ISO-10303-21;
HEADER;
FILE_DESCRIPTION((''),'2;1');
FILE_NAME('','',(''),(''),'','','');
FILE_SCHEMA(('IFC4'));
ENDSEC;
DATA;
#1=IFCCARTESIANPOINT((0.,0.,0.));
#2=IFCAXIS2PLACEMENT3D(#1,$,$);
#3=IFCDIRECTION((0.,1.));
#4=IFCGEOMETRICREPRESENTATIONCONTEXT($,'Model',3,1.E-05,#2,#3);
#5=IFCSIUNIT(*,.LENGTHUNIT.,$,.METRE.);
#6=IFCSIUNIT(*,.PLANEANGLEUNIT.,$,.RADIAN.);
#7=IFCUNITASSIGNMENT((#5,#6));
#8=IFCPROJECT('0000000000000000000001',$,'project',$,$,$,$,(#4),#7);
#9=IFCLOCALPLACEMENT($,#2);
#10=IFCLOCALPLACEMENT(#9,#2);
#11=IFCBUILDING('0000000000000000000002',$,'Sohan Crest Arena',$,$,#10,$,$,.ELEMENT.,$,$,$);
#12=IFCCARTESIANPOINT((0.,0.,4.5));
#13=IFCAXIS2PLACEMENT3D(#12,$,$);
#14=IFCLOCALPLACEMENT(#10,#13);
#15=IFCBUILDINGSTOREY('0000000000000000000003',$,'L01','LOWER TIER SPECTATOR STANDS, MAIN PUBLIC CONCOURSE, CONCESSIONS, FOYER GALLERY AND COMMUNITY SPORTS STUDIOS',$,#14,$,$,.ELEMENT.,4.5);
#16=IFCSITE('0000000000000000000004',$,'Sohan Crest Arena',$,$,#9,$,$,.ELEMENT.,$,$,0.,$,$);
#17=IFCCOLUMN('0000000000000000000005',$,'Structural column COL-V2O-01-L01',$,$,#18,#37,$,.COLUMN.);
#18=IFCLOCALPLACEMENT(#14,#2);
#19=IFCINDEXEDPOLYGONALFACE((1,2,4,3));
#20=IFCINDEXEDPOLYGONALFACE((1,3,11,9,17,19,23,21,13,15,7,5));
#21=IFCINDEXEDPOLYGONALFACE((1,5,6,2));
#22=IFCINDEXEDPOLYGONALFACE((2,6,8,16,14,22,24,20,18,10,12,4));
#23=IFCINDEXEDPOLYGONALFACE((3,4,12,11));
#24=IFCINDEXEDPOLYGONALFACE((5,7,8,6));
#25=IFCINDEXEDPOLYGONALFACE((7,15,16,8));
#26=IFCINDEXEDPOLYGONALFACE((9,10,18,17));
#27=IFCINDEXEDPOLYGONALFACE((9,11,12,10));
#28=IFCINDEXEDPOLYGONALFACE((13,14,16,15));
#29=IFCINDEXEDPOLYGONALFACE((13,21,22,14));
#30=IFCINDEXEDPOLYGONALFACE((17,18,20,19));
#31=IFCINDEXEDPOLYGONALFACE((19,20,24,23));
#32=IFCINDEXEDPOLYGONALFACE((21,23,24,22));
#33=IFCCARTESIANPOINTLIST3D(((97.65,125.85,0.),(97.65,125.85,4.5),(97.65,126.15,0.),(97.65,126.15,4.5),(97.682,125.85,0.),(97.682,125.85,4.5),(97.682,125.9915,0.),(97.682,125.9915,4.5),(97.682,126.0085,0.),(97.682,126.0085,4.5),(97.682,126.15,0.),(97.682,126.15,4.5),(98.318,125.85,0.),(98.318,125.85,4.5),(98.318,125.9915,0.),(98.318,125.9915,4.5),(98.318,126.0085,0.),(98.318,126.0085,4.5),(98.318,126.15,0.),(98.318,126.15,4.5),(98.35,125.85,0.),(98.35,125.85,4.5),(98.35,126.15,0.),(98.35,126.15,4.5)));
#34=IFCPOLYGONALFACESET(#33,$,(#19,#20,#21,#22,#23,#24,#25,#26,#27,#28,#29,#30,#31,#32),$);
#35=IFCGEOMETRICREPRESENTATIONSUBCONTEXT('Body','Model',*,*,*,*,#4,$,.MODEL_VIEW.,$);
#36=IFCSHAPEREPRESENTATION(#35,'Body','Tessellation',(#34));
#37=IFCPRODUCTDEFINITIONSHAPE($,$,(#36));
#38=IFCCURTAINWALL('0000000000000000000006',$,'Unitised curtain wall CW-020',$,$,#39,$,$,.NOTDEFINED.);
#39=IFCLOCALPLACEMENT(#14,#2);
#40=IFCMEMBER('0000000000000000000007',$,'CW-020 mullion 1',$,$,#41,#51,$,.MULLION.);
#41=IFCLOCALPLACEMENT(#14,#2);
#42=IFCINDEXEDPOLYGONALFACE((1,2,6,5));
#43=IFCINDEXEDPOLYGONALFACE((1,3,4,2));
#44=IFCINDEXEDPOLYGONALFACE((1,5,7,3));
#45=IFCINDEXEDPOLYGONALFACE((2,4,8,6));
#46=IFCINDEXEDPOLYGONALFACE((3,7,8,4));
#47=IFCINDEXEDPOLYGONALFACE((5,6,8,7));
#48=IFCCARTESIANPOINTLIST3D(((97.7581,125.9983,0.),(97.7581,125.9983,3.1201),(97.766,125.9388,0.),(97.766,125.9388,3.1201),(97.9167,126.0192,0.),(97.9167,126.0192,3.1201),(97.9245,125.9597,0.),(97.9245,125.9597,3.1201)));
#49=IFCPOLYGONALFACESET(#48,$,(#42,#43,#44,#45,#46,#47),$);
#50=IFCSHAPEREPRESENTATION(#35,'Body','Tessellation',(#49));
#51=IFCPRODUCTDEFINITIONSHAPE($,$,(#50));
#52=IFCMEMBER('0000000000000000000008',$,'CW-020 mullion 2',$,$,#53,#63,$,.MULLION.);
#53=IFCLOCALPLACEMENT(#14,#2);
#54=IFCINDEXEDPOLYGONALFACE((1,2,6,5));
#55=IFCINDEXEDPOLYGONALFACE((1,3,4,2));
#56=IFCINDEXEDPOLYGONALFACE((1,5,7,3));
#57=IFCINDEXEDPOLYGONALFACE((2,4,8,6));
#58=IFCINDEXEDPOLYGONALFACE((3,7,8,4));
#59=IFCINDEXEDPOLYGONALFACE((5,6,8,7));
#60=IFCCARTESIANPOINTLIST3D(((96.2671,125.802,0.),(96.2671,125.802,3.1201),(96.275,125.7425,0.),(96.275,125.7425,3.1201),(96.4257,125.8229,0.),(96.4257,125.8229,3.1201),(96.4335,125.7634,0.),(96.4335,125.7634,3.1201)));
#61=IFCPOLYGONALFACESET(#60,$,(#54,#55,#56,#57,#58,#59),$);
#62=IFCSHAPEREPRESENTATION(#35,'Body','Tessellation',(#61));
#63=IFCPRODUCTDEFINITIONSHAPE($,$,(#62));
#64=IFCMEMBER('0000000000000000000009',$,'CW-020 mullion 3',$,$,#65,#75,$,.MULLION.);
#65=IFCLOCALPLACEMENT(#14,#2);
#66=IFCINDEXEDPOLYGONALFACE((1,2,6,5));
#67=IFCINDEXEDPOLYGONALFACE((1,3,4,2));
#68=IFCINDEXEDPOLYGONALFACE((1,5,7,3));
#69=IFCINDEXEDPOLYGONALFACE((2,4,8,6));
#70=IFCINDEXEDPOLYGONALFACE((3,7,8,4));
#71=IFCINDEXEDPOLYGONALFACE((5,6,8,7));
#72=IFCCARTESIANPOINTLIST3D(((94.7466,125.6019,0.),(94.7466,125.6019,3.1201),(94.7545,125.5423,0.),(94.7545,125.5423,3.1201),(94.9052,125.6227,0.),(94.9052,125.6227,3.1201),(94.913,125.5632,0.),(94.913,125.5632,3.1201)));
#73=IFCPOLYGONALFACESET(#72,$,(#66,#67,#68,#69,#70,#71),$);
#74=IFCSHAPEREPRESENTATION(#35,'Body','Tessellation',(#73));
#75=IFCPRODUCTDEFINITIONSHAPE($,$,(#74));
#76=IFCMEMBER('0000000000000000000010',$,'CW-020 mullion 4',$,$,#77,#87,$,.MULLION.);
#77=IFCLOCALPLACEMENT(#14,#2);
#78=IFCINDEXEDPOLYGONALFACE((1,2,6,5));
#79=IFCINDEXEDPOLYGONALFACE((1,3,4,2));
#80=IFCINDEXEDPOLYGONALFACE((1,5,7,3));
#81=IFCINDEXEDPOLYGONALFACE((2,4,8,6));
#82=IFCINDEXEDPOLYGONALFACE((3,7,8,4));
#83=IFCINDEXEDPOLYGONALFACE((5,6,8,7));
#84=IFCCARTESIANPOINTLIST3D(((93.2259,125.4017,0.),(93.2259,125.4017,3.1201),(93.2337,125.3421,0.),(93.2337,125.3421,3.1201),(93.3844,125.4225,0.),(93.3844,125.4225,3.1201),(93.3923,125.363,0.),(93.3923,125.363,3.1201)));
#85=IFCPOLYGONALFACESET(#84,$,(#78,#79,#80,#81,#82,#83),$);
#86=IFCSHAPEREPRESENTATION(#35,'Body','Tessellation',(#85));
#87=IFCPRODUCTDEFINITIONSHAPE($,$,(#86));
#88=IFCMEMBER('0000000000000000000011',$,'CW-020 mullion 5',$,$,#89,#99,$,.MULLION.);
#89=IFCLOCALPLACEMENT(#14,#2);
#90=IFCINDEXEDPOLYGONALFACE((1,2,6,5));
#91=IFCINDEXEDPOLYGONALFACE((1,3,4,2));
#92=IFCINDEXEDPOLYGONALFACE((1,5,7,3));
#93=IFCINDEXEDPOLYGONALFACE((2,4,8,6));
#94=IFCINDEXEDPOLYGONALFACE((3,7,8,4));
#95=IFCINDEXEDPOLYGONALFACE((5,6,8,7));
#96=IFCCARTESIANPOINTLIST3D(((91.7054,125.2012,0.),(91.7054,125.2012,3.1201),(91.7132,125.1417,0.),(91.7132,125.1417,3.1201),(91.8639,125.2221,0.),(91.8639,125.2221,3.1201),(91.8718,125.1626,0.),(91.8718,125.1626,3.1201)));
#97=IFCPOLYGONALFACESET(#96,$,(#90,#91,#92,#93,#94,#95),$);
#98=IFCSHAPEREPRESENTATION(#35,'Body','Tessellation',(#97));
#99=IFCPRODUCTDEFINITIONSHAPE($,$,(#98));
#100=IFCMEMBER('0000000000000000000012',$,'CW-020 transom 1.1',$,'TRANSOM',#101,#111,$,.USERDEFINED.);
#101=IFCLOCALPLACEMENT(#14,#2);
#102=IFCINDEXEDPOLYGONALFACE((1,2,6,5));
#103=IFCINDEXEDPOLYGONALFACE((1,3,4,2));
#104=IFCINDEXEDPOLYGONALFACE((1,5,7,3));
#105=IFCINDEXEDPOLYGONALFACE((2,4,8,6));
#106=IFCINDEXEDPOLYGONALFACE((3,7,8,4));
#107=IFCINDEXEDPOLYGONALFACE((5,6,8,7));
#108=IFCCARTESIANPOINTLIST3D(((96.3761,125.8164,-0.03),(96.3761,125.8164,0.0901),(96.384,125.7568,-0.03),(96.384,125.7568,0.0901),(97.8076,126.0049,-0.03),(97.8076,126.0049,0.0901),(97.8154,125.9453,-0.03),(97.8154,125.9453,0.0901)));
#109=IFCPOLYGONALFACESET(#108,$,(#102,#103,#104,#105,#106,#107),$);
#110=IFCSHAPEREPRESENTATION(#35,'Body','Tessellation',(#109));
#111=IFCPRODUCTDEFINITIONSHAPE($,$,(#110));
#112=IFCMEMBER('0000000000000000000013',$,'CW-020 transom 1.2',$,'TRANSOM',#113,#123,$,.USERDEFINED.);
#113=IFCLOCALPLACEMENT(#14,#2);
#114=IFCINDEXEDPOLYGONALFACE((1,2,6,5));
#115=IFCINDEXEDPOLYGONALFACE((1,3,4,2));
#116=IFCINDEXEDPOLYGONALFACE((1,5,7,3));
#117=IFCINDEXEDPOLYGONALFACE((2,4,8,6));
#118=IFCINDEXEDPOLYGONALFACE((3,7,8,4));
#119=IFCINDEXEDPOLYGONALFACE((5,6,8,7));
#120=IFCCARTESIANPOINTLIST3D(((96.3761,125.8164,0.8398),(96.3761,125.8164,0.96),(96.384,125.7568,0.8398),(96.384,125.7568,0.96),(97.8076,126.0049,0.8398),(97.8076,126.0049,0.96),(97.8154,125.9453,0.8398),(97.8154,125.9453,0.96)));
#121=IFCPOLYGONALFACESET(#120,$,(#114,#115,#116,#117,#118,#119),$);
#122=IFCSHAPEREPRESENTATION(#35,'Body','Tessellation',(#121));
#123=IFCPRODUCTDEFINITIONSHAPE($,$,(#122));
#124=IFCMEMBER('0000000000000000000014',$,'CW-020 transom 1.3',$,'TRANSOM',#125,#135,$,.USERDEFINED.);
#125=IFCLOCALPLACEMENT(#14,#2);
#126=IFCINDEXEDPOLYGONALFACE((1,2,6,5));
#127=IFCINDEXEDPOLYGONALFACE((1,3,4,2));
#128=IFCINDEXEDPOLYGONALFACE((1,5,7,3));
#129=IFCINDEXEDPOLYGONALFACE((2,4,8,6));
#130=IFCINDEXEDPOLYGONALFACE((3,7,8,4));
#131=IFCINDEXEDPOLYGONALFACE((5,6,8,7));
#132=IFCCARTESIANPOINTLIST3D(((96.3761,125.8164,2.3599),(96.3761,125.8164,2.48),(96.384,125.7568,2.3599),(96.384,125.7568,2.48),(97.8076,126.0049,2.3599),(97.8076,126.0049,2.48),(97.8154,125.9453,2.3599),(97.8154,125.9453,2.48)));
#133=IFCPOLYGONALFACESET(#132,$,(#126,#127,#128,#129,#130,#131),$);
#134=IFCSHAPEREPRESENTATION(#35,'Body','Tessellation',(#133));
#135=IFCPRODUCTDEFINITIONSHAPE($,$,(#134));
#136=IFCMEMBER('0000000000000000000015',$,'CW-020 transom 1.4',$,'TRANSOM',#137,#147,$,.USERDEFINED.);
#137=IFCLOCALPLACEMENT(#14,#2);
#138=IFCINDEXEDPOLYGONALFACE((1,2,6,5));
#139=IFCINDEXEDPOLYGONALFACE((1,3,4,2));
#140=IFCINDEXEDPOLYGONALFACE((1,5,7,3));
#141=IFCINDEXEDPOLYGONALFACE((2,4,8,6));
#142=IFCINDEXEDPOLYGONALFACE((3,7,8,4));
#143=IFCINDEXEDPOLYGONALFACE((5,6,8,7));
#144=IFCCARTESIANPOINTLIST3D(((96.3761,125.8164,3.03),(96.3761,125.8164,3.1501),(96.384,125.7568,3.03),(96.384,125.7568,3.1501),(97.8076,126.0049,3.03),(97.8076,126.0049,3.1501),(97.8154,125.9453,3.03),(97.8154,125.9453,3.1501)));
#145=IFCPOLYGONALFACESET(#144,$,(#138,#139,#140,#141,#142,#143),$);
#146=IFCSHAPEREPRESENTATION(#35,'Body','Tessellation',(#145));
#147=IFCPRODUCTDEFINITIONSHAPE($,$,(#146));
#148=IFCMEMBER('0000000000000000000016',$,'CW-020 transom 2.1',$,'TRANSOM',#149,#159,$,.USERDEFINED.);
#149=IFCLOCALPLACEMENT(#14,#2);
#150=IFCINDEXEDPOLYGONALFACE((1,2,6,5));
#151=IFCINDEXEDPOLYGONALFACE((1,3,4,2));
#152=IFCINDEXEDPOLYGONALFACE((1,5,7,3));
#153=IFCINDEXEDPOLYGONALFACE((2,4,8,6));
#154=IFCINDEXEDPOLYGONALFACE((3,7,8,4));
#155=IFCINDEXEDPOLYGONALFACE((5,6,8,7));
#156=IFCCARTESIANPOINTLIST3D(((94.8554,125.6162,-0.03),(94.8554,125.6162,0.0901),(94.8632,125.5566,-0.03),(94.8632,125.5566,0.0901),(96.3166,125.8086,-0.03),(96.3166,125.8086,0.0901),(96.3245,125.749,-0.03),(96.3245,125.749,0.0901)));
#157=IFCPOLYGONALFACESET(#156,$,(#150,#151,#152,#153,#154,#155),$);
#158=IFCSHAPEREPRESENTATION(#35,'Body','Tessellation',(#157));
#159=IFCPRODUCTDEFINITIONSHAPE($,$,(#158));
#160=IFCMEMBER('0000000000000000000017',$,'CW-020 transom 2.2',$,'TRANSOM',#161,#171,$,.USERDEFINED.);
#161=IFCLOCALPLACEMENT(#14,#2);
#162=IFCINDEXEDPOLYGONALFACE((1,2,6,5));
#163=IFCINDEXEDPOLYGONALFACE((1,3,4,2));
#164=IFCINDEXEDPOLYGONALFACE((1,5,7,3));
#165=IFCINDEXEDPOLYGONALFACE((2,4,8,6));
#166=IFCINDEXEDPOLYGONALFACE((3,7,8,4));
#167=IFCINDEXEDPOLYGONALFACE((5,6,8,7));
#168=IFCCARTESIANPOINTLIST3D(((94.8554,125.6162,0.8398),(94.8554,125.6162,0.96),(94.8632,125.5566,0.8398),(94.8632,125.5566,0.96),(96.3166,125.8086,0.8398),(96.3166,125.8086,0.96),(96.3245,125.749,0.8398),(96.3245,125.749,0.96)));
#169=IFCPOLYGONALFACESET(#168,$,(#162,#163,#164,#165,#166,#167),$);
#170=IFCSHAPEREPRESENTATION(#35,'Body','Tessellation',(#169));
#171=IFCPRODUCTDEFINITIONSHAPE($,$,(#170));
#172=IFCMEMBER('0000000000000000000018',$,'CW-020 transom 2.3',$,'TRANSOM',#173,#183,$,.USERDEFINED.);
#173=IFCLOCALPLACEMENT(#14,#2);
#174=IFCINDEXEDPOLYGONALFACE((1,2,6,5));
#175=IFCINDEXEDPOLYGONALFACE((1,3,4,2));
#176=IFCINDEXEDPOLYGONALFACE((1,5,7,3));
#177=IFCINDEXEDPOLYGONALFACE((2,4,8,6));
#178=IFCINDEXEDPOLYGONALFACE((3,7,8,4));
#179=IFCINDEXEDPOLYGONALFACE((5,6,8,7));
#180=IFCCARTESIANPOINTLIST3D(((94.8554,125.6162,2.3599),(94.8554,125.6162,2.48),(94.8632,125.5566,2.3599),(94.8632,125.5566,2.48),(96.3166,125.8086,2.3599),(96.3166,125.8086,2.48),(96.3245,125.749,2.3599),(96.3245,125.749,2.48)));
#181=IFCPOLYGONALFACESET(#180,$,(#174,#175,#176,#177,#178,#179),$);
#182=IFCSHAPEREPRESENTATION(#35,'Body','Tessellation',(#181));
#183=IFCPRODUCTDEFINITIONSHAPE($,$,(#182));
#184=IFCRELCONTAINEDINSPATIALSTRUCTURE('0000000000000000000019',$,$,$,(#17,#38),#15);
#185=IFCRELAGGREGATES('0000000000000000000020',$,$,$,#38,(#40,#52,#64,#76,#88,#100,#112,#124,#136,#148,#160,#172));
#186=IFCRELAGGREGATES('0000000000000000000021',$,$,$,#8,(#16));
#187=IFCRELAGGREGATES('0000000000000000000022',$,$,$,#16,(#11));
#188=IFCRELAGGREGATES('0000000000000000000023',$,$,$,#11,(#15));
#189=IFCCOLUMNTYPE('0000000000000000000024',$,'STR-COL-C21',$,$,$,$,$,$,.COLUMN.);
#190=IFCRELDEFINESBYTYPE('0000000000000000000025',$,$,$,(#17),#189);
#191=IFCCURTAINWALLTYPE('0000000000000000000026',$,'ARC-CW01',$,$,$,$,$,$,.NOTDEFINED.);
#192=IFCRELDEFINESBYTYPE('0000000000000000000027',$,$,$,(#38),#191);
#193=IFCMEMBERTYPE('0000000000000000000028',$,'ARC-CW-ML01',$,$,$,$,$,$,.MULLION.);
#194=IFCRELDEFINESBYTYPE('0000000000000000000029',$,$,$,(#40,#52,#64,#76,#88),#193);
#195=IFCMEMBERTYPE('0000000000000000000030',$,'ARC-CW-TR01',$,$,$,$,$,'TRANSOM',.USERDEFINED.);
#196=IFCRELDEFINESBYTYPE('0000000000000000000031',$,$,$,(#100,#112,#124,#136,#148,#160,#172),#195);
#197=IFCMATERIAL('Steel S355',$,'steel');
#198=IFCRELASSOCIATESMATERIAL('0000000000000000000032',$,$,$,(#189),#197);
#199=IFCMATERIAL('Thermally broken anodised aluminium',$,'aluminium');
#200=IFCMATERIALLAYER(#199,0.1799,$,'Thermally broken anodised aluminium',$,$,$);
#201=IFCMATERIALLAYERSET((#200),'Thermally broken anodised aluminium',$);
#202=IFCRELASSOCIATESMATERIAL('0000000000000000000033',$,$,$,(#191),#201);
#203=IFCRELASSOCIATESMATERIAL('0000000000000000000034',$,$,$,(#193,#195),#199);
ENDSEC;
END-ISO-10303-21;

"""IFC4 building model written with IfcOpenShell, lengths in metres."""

from ifc_helpers import new_model, si_unit, direction, frame, origin, origin_2d, place, context, subcontext, project, spatial, rectangle, i_section, extrude, material, layer, layer_set, material_profile, profile_set, type_object, element, aggregate, save


model = new_model("IFC4")

# Units and contexts
model_context = context("Model", 3, precision=1e-05, world=origin(), true_north=direction((0.0, 1.0)))
body_context = subcontext(model_context, "Body", "Model", "MODEL_VIEW")
ifc_project = project(units=[si_unit("LENGTHUNIT", "METRE"), si_unit("PLANEANGLEUNIT", "RADIAN")], contexts=[model_context])

# Site, building, storey
site_placement = place(None, origin())
site = spatial("IfcSite", under=ifc_project, at=site_placement, Name="Sohan Crest Arena", CompositionType="ELEMENT", RefElevation=0.0)
building_placement = place(site_placement, origin())
building = spatial("IfcBuilding", under=site, at=building_placement, Name="Sohan Crest Arena", CompositionType="ELEMENT")
storey_placement = place(building_placement, frame((0.0, 0.0, 4.5)))
storey = spatial("IfcBuildingStorey", under=building, at=storey_placement, Name="L01", Description="LOWER TIER SPECTATOR STANDS, MAIN PUBLIC CONCOURSE, CONCESSIONS, FOYER GALLERY AND COMMUNITY SPORTS STUDIOS", CompositionType="ELEMENT", Elevation=4.5)

# Column
ifc_material_1 = material(Name="Steel S355", Category="steel")
ifc_material_profile_1 = material_profile(ifc_material_1, i_section(OverallWidth=0.3, OverallDepth=0.7, WebThickness=0.0171, FlangeThickness=0.032, at=origin_2d()), Name="HEB 700")
ifc_profile_set_1 = profile_set([ifc_material_profile_1], Name="Steel S355")
column_type = type_object("IfcColumnType", Name="STR-COL-C21", PredefinedType="COLUMN", material=ifc_profile_set_1)
column_placement = place(storey_placement, frame((98.0, 126.0, 0.0), z_axis=(0.0, 0.0, 1.0), x_axis=(0.0, 1.0, 0.0)))
element("IfcColumn", 1, at=column_placement, inside=storey, type_object=column_type, Name="Structural column COL-V2O-01-L01", PredefinedType="COLUMN", context=body_context, shape_type="SweptSolid", body=[
    extrude(i_section(OverallWidth=0.3, OverallDepth=0.7, WebThickness=0.0171, FlangeThickness=0.032, at=origin_2d()), origin(), (0.0, 0.0, 1.0), 4.5),
])

# Curtain wall, members
ifc_material_2 = material(Name="Thermally broken anodised aluminium", Category="aluminium")
ifc_layer_1 = layer(ifc_material_2, 0.1799, Name="Thermally broken anodised aluminium")
ifc_layer_set_1 = layer_set([ifc_layer_1], Name="Thermally broken anodised aluminium")
curtain_wall_type = type_object("IfcCurtainWallType", Name="ARC-CW01", PredefinedType="NOTDEFINED", material=ifc_layer_set_1)
curtain_wall_placement = place(storey_placement, origin())
curtain_wall = element("IfcCurtainWall", 2, at=curtain_wall_placement, inside=storey, type_object=curtain_wall_type, Name="Unitised curtain wall CW-020", PredefinedType="NOTDEFINED")
ifc_material_profile_2 = material_profile(ifc_material_2, rectangle(XDim=0.0601, YDim=0.1599, at=origin_2d()), Name="ALU-MULL 60x160")
ifc_profile_set_2 = profile_set([ifc_material_profile_2], Name="Thermally broken anodised aluminium")
member_type_1 = type_object("IfcMemberType", Name="ARC-CW-ML01", PredefinedType="MULLION", material=ifc_profile_set_2)
member_1_placement = place(storey_placement, frame((97.8413, 125.979, 0.0), z_axis=(0.0, 0.0, 1.0), x_axis=(0.130562, -0.99144, 0.0)))
member_1 = element("IfcMember", 3, at=member_1_placement, type_object=member_type_1, Name="CW-020 mullion 1", PredefinedType="MULLION", context=body_context, shape_type="SweptSolid", body=[
    extrude(rectangle(XDim=0.0601, YDim=0.1599, at=origin_2d()), origin(), (0.0, 0.0, 1.0), 3.1201),
])
member_2_placement = place(storey_placement, frame((96.3503, 125.7827, 0.0), z_axis=(0.0, 0.0, 1.0), x_axis=(0.130562, -0.99144, 0.0)))
member_2 = element("IfcMember", 4, at=member_2_placement, type_object=member_type_1, Name="CW-020 mullion 2", PredefinedType="MULLION", context=body_context, shape_type="SweptSolid", body=[
    extrude(rectangle(XDim=0.0601, YDim=0.1599, at=origin_2d()), origin(), (0.0, 0.0, 1.0), 3.1201),
])
member_3_placement = place(storey_placement, frame((94.8298, 125.5825, 0.0), z_axis=(0.0, 0.0, 1.0), x_axis=(0.130562, -0.99144, 0.0)))
member_3 = element("IfcMember", 5, at=member_3_placement, type_object=member_type_1, Name="CW-020 mullion 3", PredefinedType="MULLION", context=body_context, shape_type="SweptSolid", body=[
    extrude(rectangle(XDim=0.0601, YDim=0.1599, at=origin_2d()), origin(), (0.0, 0.0, 1.0), 3.1201),
])
member_4_placement = place(storey_placement, frame((93.3091, 125.3823, 0.0), z_axis=(0.0, 0.0, 1.0), x_axis=(0.130562, -0.99144, 0.0)))
member_4 = element("IfcMember", 6, at=member_4_placement, type_object=member_type_1, Name="CW-020 mullion 4", PredefinedType="MULLION", context=body_context, shape_type="SweptSolid", body=[
    extrude(rectangle(XDim=0.0601, YDim=0.1599, at=origin_2d()), origin(), (0.0, 0.0, 1.0), 3.1201),
])
member_5_placement = place(storey_placement, frame((91.7886, 125.1819, 0.0), z_axis=(0.0, 0.0, 1.0), x_axis=(0.130562, -0.99144, 0.0)))
member_5 = element("IfcMember", 7, at=member_5_placement, type_object=member_type_1, Name="CW-020 mullion 5", PredefinedType="MULLION", context=body_context, shape_type="SweptSolid", body=[
    extrude(rectangle(XDim=0.0601, YDim=0.1599, at=origin_2d()), origin(), (0.0, 0.0, 1.0), 3.1201),
])
ifc_material_profile_3 = material_profile(ifc_material_2, rectangle(XDim=0.0601, YDim=0.1201, at=origin_2d()), Name="ALU-TRAN 60x120")
ifc_profile_set_3 = profile_set([ifc_material_profile_3], Name="Thermally broken anodised aluminium")
member_type_2 = type_object("IfcMemberType", Name="ARC-CW-TR01", ElementType="TRANSOM", PredefinedType="USERDEFINED", material=ifc_profile_set_3)
member_6_placement = place(storey_placement, frame((97.8115, 125.9751, 0.03), z_axis=(-0.991442, -0.130546, 0.0), x_axis=(0.130546, -0.991442, 0.0)))
member_6 = element("IfcMember", 8, at=member_6_placement, type_object=member_type_2, Name="CW-020 transom 1.1", ObjectType="TRANSOM", PredefinedType="USERDEFINED", context=body_context, shape_type="SweptSolid", body=[
    extrude(rectangle(XDim=0.0601, YDim=0.1201, at=origin_2d()), origin(), (0.0, 0.0, 1.0), 1.4438),
])
member_7_placement = place(storey_placement, frame((97.8115, 125.9751, 0.8999), z_axis=(-0.991442, -0.130546, 0.0), x_axis=(0.130546, -0.991442, 0.0)))
member_7 = element("IfcMember", 9, at=member_7_placement, type_object=member_type_2, Name="CW-020 transom 1.2", ObjectType="TRANSOM", PredefinedType="USERDEFINED", context=body_context, shape_type="SweptSolid", body=[
    extrude(rectangle(XDim=0.0601, YDim=0.1201, at=origin_2d()), origin(), (0.0, 0.0, 1.0), 1.4438),
])
member_8_placement = place(storey_placement, frame((97.8115, 125.9751, 2.4199), z_axis=(-0.991442, -0.130546, 0.0), x_axis=(0.130546, -0.991442, 0.0)))
member_8 = element("IfcMember", 10, at=member_8_placement, type_object=member_type_2, Name="CW-020 transom 1.3", ObjectType="TRANSOM", PredefinedType="USERDEFINED", context=body_context, shape_type="SweptSolid", body=[
    extrude(rectangle(XDim=0.0601, YDim=0.1201, at=origin_2d()), origin(), (0.0, 0.0, 1.0), 1.4438),
])
member_9_placement = place(storey_placement, frame((97.8115, 125.9751, 3.0901), z_axis=(-0.991442, -0.130546, 0.0), x_axis=(0.130546, -0.991442, 0.0)))
member_9 = element("IfcMember", 11, at=member_9_placement, type_object=member_type_2, Name="CW-020 transom 1.4", ObjectType="TRANSOM", PredefinedType="USERDEFINED", context=body_context, shape_type="SweptSolid", body=[
    extrude(rectangle(XDim=0.0601, YDim=0.1201, at=origin_2d()), origin(), (0.0, 0.0, 1.0), 1.4438),
])
member_10_placement = place(storey_placement, frame((96.3206, 125.7788, 0.03), z_axis=(-0.991444, -0.130536, 0.0), x_axis=(0.130536, -0.991444, 0.0)))
member_10 = element("IfcMember", 12, at=member_10_placement, type_object=member_type_2, Name="CW-020 transom 2.1", ObjectType="TRANSOM", PredefinedType="USERDEFINED", context=body_context, shape_type="SweptSolid", body=[
    extrude(rectangle(XDim=0.0601, YDim=0.1201, at=origin_2d()), origin(), (0.0, 0.0, 1.0), 1.4739),
])
member_11_placement = place(storey_placement, frame((96.3206, 125.7788, 0.8999), z_axis=(-0.991444, -0.130536, 0.0), x_axis=(0.130536, -0.991444, 0.0)))
member_11 = element("IfcMember", 13, at=member_11_placement, type_object=member_type_2, Name="CW-020 transom 2.2", ObjectType="TRANSOM", PredefinedType="USERDEFINED", context=body_context, shape_type="SweptSolid", body=[
    extrude(rectangle(XDim=0.0601, YDim=0.1201, at=origin_2d()), origin(), (0.0, 0.0, 1.0), 1.4739),
])
member_12_placement = place(storey_placement, frame((96.3206, 125.7788, 2.4199), z_axis=(-0.991444, -0.130536, 0.0), x_axis=(0.130536, -0.991444, 0.0)))
member_12 = element("IfcMember", 14, at=member_12_placement, type_object=member_type_2, Name="CW-020 transom 2.3", ObjectType="TRANSOM", PredefinedType="USERDEFINED", context=body_context, shape_type="SweptSolid", body=[
    extrude(rectangle(XDim=0.0601, YDim=0.1201, at=origin_2d()), origin(), (0.0, 0.0, 1.0), 1.4739),
])

aggregate(curtain_wall, [member_1, member_2, member_3, member_4, member_5, member_6, member_7, member_8, member_9, member_10, member_11, member_12])

save(model, "model.ifc")
